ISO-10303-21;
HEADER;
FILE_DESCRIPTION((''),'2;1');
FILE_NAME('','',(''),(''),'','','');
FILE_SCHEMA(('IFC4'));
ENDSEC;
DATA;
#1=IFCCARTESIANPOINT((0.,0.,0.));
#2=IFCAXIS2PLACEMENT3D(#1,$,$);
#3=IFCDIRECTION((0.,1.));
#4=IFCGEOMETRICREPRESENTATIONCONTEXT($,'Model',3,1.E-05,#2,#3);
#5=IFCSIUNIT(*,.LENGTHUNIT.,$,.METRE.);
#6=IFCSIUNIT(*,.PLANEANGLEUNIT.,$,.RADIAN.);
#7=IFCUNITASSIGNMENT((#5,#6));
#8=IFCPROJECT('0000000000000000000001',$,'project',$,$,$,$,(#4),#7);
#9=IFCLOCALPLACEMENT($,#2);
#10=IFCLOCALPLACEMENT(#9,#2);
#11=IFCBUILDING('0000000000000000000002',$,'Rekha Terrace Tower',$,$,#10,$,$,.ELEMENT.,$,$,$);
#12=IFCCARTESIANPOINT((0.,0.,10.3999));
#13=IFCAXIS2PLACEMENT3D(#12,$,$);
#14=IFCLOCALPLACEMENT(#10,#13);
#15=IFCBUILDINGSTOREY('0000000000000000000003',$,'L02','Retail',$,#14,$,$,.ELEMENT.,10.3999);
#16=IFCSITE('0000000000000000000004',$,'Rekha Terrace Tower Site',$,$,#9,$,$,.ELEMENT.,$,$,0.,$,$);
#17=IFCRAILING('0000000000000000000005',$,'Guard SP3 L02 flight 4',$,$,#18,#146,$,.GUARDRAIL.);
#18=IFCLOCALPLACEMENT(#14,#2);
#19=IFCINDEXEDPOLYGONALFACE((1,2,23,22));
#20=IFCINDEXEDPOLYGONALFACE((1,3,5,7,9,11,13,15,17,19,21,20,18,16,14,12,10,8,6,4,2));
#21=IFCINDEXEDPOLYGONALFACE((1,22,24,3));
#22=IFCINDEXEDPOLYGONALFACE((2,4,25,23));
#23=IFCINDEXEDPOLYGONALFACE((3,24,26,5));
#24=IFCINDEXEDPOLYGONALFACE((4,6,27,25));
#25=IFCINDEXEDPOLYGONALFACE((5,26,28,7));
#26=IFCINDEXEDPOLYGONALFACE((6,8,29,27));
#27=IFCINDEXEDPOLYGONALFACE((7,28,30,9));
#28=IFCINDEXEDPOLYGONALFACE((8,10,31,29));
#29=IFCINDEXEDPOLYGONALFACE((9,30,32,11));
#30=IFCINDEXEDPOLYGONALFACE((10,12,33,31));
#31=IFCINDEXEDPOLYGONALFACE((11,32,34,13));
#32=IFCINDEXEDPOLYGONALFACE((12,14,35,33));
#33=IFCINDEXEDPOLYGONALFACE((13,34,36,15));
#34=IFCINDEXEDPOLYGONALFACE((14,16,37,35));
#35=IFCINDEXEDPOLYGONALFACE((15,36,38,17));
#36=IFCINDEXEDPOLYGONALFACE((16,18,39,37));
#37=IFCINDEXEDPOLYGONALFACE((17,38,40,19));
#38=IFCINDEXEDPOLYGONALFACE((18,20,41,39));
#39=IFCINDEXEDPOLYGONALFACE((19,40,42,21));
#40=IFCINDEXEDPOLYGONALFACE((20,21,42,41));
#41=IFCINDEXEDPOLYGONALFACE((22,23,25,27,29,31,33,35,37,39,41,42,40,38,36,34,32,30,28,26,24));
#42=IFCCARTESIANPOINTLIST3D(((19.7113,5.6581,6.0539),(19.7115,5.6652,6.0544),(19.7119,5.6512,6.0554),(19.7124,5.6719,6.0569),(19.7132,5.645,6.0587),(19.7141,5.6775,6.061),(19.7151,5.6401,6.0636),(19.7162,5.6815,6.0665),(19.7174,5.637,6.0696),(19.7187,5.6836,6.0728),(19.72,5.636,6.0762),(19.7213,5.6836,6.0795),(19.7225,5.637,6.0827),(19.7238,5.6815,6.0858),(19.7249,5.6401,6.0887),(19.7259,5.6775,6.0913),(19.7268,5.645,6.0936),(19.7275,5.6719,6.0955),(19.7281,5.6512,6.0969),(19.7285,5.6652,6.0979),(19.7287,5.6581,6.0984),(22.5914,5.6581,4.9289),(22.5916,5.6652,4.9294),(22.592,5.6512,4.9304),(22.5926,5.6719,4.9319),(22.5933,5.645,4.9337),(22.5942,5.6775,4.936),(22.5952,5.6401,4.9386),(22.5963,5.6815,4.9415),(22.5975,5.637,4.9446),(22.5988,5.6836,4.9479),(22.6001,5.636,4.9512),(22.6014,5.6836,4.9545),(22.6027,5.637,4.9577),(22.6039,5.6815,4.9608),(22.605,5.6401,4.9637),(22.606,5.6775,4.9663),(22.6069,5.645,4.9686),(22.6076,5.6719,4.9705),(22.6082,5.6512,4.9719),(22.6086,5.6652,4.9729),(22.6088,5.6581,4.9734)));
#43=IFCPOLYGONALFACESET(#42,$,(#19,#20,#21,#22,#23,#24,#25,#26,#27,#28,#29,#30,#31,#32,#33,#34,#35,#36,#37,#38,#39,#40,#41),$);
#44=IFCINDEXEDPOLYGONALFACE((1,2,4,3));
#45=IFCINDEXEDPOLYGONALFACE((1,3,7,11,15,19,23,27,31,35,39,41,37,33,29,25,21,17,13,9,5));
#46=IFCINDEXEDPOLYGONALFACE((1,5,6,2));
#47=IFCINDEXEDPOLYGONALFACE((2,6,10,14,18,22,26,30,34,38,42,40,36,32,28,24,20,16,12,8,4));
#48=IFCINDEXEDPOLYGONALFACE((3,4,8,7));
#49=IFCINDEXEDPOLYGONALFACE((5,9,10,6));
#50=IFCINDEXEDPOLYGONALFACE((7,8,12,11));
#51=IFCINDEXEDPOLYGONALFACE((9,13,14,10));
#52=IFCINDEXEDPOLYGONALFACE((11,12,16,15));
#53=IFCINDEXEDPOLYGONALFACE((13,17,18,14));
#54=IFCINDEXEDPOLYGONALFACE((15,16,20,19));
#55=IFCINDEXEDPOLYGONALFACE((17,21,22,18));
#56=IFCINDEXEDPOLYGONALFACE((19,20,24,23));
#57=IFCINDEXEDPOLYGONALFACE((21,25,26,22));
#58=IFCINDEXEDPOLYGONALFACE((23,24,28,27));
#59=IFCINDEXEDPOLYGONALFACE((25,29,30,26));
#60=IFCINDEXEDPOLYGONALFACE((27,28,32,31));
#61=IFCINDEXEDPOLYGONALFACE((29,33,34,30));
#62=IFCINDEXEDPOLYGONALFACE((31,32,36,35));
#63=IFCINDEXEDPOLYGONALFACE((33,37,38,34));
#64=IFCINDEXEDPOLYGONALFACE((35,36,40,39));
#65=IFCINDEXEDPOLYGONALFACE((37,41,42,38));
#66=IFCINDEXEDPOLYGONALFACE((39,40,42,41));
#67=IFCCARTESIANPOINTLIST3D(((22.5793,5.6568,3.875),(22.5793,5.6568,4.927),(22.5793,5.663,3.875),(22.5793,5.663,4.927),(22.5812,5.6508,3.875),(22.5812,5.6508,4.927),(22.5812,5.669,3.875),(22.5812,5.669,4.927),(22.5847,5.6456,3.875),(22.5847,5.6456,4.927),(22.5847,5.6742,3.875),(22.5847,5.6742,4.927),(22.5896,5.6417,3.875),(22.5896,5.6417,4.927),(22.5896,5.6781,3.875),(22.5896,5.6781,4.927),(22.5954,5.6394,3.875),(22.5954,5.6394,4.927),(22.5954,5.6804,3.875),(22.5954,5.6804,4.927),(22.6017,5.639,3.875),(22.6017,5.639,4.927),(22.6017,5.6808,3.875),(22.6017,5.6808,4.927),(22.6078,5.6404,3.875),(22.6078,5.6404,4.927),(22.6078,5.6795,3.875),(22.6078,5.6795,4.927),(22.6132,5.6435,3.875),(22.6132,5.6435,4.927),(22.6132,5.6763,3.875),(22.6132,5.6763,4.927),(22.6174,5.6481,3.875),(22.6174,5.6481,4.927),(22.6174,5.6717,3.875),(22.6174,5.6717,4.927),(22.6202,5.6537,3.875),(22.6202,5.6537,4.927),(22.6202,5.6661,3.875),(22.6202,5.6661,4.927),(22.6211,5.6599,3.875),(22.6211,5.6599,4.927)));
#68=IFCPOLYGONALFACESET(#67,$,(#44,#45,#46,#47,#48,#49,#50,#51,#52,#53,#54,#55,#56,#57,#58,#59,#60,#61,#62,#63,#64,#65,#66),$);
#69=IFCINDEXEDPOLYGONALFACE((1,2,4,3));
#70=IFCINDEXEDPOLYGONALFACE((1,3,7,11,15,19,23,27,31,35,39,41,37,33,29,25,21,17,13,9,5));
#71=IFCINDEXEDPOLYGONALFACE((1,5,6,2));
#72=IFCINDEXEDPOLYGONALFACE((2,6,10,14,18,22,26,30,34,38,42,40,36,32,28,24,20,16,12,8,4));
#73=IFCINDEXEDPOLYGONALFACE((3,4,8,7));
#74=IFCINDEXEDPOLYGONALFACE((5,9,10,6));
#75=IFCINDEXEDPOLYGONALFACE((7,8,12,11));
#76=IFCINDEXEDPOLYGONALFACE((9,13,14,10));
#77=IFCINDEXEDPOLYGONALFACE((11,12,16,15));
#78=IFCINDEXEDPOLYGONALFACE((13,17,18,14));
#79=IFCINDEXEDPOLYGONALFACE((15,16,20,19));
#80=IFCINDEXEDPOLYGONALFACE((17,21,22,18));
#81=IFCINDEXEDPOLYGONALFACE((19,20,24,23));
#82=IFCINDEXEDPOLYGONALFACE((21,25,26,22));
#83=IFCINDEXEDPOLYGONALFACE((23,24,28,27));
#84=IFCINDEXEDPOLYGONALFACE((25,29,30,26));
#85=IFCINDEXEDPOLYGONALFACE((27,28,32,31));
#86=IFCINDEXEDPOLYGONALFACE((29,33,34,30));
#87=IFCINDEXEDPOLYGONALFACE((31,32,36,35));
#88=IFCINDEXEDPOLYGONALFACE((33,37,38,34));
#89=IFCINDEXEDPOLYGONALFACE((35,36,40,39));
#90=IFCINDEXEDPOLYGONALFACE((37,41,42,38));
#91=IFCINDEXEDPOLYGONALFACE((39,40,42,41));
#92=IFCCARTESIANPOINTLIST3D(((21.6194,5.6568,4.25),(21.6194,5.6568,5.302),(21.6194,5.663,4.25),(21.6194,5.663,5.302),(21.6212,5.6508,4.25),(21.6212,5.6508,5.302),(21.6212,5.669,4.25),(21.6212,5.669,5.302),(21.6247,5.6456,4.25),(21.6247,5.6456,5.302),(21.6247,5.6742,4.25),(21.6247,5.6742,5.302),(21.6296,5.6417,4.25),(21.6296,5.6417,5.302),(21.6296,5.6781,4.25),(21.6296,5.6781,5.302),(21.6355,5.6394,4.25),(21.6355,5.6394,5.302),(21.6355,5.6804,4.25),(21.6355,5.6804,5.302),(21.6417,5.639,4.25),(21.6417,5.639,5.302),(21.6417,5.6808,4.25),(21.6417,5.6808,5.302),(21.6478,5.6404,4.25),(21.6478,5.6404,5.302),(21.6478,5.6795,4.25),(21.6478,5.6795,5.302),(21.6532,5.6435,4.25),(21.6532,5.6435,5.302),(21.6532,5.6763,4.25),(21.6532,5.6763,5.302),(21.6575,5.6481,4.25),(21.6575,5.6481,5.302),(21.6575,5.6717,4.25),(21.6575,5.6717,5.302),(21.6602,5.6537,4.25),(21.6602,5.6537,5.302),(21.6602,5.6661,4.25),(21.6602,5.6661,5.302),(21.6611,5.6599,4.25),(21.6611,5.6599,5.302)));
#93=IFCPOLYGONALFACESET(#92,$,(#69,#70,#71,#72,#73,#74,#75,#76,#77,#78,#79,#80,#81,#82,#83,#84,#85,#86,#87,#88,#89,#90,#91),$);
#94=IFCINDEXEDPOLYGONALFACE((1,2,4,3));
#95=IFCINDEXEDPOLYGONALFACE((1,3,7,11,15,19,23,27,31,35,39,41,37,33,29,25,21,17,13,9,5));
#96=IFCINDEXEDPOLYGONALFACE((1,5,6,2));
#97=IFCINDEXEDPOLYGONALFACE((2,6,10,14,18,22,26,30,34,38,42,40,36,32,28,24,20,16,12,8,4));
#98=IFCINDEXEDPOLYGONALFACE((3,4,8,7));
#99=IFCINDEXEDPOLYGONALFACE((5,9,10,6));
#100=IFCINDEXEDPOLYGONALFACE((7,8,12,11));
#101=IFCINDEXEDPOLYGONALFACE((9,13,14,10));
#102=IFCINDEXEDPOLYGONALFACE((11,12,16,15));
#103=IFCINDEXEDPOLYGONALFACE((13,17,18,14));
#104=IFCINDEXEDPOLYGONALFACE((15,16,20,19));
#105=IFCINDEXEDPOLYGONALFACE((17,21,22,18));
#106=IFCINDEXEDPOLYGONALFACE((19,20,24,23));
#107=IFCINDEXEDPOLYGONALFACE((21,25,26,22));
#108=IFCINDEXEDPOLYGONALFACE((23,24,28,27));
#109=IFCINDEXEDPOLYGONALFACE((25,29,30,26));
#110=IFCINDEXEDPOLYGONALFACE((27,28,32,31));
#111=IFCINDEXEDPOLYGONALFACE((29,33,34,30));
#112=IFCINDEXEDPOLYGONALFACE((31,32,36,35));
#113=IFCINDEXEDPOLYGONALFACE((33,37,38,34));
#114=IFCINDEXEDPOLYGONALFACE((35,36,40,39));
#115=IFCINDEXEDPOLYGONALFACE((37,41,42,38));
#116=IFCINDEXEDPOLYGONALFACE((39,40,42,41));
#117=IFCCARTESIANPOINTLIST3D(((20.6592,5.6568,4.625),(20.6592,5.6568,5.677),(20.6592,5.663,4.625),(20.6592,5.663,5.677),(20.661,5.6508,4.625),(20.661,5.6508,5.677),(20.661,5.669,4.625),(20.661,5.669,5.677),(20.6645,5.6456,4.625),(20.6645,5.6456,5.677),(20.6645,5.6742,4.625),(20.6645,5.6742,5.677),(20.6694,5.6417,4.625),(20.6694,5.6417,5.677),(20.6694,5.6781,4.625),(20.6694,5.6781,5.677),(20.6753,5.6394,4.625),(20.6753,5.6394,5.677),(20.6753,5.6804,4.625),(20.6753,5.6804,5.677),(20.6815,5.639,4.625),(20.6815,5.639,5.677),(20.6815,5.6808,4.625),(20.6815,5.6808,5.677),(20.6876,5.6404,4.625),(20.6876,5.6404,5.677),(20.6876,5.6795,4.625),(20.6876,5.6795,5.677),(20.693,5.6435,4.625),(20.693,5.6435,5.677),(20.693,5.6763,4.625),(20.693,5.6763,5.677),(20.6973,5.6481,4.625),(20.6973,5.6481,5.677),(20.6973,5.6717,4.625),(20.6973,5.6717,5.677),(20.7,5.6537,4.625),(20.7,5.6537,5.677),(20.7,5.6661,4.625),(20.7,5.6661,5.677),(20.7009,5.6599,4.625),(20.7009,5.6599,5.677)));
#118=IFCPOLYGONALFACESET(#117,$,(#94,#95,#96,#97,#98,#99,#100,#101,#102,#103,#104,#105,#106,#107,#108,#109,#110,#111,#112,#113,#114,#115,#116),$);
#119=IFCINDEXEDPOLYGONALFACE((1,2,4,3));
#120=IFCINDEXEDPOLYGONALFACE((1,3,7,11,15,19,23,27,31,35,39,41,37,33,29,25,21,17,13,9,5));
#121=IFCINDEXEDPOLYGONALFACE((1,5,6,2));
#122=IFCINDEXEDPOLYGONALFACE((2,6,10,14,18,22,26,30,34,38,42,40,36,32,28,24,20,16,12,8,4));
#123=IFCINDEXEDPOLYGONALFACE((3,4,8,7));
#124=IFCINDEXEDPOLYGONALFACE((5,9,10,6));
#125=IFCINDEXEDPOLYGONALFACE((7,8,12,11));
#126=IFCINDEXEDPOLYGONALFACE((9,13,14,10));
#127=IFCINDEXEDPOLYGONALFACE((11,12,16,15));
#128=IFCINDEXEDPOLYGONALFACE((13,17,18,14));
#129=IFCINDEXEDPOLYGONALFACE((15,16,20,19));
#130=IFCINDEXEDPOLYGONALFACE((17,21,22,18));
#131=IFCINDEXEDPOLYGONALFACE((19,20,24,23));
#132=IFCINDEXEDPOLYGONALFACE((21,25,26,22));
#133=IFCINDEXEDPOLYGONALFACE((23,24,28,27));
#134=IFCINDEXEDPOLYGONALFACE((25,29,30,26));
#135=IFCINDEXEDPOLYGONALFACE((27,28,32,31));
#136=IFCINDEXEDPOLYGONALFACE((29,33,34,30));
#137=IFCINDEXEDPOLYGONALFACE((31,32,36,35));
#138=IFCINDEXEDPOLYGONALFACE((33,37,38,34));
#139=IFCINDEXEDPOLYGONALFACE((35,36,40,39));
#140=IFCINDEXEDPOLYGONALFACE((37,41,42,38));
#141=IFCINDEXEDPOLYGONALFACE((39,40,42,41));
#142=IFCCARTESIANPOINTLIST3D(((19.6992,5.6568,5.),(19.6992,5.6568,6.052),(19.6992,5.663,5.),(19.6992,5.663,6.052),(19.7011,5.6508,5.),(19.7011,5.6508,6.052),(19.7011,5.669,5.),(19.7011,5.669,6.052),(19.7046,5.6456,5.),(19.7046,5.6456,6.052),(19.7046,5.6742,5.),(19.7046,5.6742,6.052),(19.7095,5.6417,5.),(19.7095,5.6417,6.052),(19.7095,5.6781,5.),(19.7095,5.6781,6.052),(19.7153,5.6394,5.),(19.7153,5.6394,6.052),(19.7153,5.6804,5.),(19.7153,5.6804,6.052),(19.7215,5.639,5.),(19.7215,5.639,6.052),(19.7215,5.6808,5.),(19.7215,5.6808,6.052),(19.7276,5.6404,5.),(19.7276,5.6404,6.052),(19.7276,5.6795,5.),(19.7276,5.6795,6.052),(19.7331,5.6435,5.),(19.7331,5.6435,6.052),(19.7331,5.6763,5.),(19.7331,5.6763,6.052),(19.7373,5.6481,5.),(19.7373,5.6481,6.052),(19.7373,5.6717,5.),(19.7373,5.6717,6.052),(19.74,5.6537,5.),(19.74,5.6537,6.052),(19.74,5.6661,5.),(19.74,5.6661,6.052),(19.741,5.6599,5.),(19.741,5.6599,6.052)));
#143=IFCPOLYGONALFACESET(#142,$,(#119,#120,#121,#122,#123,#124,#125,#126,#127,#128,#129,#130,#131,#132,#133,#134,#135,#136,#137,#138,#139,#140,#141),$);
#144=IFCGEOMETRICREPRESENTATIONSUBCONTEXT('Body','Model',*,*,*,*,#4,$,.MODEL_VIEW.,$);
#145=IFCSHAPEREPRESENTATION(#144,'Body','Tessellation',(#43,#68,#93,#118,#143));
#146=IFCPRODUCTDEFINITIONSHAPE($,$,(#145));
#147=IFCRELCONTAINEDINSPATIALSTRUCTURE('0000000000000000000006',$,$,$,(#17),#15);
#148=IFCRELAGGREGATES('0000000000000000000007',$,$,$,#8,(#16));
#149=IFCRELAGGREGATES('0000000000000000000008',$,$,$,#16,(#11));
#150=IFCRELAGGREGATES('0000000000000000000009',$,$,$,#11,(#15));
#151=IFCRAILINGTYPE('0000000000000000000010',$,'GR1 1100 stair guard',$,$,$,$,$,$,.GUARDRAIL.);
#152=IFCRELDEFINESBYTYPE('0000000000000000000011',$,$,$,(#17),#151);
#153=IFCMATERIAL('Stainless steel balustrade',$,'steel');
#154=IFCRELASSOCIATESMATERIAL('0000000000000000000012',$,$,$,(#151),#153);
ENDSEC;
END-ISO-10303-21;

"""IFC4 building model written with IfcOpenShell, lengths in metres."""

from ifc_helpers import new_model, si_unit, direction, frame, origin, origin_2d, place, context, subcontext, project, spatial, circle, extrude, material, type_object, element, save


model = new_model("IFC4")

# Units and contexts
model_context = context("Model", 3, precision=1e-05, world=origin(), true_north=direction((0.0, 1.0)))
body_context = subcontext(model_context, "Body", "Model", "MODEL_VIEW")
ifc_project = project(units=[si_unit("LENGTHUNIT", "METRE"), si_unit("PLANEANGLEUNIT", "RADIAN")], contexts=[model_context])

# Site, building, storey
site_placement = place(None, origin())
site = spatial("IfcSite", under=ifc_project, at=site_placement, Name="Rekha Terrace Tower Site", CompositionType="ELEMENT", RefElevation=0.0)
building_placement = place(site_placement, origin())
building = spatial("IfcBuilding", under=site, at=building_placement, Name="Rekha Terrace Tower", CompositionType="ELEMENT")
storey_placement = place(building_placement, frame((0.0, 0.0, 10.3999)))
storey = spatial("IfcBuildingStorey", under=building, at=storey_placement, Name="L02", Description="Retail", CompositionType="ELEMENT", Elevation=10.3999)

# Railing
ifc_material_1 = material(Name="Stainless steel balustrade", Category="steel")
railing_type_1 = type_object("IfcRailingType", Name="GR1 1100 stair guard", PredefinedType="GUARDRAIL", material=ifc_material_1)
railing_1_placement = place(storey_placement, frame((22.6001, 5.6599, 3.875)))
element("IfcRailing", 1, at=railing_1_placement, inside=storey, type_object=railing_type_1, Name="Guard SP3 L02 flight 4", PredefinedType="GUARDRAIL", context=body_context, shape_type="SweptSolid", body=[
    extrude(circle(Radius=0.0239, at=origin_2d()), frame((0.0, 0.0, 1.0762), z_axis=(-0.931463, 0.0, 0.363837), x_axis=(0.0, -1.0, 0.0)), (0.0, 0.0, 1.0), 3.092),
    extrude(circle(Radius=0.021, at=origin_2d()), origin(), (0.0, 0.0, 1.0), 1.052),
    extrude(circle(Radius=0.021, at=origin_2d()), frame((-0.96, 0.0, 0.375)), (0.0, 0.0, 1.0), 1.052),
    extrude(circle(Radius=0.021, at=origin_2d()), frame((-1.9202, 0.0, 0.75)), (0.0, 0.0, 1.0), 1.052),
    extrude(circle(Radius=0.021, at=origin_2d()), frame((-2.8801, 0.0, 1.125)), (0.0, 0.0, 1.0), 1.052),
])

save(model, "model.ifc")
